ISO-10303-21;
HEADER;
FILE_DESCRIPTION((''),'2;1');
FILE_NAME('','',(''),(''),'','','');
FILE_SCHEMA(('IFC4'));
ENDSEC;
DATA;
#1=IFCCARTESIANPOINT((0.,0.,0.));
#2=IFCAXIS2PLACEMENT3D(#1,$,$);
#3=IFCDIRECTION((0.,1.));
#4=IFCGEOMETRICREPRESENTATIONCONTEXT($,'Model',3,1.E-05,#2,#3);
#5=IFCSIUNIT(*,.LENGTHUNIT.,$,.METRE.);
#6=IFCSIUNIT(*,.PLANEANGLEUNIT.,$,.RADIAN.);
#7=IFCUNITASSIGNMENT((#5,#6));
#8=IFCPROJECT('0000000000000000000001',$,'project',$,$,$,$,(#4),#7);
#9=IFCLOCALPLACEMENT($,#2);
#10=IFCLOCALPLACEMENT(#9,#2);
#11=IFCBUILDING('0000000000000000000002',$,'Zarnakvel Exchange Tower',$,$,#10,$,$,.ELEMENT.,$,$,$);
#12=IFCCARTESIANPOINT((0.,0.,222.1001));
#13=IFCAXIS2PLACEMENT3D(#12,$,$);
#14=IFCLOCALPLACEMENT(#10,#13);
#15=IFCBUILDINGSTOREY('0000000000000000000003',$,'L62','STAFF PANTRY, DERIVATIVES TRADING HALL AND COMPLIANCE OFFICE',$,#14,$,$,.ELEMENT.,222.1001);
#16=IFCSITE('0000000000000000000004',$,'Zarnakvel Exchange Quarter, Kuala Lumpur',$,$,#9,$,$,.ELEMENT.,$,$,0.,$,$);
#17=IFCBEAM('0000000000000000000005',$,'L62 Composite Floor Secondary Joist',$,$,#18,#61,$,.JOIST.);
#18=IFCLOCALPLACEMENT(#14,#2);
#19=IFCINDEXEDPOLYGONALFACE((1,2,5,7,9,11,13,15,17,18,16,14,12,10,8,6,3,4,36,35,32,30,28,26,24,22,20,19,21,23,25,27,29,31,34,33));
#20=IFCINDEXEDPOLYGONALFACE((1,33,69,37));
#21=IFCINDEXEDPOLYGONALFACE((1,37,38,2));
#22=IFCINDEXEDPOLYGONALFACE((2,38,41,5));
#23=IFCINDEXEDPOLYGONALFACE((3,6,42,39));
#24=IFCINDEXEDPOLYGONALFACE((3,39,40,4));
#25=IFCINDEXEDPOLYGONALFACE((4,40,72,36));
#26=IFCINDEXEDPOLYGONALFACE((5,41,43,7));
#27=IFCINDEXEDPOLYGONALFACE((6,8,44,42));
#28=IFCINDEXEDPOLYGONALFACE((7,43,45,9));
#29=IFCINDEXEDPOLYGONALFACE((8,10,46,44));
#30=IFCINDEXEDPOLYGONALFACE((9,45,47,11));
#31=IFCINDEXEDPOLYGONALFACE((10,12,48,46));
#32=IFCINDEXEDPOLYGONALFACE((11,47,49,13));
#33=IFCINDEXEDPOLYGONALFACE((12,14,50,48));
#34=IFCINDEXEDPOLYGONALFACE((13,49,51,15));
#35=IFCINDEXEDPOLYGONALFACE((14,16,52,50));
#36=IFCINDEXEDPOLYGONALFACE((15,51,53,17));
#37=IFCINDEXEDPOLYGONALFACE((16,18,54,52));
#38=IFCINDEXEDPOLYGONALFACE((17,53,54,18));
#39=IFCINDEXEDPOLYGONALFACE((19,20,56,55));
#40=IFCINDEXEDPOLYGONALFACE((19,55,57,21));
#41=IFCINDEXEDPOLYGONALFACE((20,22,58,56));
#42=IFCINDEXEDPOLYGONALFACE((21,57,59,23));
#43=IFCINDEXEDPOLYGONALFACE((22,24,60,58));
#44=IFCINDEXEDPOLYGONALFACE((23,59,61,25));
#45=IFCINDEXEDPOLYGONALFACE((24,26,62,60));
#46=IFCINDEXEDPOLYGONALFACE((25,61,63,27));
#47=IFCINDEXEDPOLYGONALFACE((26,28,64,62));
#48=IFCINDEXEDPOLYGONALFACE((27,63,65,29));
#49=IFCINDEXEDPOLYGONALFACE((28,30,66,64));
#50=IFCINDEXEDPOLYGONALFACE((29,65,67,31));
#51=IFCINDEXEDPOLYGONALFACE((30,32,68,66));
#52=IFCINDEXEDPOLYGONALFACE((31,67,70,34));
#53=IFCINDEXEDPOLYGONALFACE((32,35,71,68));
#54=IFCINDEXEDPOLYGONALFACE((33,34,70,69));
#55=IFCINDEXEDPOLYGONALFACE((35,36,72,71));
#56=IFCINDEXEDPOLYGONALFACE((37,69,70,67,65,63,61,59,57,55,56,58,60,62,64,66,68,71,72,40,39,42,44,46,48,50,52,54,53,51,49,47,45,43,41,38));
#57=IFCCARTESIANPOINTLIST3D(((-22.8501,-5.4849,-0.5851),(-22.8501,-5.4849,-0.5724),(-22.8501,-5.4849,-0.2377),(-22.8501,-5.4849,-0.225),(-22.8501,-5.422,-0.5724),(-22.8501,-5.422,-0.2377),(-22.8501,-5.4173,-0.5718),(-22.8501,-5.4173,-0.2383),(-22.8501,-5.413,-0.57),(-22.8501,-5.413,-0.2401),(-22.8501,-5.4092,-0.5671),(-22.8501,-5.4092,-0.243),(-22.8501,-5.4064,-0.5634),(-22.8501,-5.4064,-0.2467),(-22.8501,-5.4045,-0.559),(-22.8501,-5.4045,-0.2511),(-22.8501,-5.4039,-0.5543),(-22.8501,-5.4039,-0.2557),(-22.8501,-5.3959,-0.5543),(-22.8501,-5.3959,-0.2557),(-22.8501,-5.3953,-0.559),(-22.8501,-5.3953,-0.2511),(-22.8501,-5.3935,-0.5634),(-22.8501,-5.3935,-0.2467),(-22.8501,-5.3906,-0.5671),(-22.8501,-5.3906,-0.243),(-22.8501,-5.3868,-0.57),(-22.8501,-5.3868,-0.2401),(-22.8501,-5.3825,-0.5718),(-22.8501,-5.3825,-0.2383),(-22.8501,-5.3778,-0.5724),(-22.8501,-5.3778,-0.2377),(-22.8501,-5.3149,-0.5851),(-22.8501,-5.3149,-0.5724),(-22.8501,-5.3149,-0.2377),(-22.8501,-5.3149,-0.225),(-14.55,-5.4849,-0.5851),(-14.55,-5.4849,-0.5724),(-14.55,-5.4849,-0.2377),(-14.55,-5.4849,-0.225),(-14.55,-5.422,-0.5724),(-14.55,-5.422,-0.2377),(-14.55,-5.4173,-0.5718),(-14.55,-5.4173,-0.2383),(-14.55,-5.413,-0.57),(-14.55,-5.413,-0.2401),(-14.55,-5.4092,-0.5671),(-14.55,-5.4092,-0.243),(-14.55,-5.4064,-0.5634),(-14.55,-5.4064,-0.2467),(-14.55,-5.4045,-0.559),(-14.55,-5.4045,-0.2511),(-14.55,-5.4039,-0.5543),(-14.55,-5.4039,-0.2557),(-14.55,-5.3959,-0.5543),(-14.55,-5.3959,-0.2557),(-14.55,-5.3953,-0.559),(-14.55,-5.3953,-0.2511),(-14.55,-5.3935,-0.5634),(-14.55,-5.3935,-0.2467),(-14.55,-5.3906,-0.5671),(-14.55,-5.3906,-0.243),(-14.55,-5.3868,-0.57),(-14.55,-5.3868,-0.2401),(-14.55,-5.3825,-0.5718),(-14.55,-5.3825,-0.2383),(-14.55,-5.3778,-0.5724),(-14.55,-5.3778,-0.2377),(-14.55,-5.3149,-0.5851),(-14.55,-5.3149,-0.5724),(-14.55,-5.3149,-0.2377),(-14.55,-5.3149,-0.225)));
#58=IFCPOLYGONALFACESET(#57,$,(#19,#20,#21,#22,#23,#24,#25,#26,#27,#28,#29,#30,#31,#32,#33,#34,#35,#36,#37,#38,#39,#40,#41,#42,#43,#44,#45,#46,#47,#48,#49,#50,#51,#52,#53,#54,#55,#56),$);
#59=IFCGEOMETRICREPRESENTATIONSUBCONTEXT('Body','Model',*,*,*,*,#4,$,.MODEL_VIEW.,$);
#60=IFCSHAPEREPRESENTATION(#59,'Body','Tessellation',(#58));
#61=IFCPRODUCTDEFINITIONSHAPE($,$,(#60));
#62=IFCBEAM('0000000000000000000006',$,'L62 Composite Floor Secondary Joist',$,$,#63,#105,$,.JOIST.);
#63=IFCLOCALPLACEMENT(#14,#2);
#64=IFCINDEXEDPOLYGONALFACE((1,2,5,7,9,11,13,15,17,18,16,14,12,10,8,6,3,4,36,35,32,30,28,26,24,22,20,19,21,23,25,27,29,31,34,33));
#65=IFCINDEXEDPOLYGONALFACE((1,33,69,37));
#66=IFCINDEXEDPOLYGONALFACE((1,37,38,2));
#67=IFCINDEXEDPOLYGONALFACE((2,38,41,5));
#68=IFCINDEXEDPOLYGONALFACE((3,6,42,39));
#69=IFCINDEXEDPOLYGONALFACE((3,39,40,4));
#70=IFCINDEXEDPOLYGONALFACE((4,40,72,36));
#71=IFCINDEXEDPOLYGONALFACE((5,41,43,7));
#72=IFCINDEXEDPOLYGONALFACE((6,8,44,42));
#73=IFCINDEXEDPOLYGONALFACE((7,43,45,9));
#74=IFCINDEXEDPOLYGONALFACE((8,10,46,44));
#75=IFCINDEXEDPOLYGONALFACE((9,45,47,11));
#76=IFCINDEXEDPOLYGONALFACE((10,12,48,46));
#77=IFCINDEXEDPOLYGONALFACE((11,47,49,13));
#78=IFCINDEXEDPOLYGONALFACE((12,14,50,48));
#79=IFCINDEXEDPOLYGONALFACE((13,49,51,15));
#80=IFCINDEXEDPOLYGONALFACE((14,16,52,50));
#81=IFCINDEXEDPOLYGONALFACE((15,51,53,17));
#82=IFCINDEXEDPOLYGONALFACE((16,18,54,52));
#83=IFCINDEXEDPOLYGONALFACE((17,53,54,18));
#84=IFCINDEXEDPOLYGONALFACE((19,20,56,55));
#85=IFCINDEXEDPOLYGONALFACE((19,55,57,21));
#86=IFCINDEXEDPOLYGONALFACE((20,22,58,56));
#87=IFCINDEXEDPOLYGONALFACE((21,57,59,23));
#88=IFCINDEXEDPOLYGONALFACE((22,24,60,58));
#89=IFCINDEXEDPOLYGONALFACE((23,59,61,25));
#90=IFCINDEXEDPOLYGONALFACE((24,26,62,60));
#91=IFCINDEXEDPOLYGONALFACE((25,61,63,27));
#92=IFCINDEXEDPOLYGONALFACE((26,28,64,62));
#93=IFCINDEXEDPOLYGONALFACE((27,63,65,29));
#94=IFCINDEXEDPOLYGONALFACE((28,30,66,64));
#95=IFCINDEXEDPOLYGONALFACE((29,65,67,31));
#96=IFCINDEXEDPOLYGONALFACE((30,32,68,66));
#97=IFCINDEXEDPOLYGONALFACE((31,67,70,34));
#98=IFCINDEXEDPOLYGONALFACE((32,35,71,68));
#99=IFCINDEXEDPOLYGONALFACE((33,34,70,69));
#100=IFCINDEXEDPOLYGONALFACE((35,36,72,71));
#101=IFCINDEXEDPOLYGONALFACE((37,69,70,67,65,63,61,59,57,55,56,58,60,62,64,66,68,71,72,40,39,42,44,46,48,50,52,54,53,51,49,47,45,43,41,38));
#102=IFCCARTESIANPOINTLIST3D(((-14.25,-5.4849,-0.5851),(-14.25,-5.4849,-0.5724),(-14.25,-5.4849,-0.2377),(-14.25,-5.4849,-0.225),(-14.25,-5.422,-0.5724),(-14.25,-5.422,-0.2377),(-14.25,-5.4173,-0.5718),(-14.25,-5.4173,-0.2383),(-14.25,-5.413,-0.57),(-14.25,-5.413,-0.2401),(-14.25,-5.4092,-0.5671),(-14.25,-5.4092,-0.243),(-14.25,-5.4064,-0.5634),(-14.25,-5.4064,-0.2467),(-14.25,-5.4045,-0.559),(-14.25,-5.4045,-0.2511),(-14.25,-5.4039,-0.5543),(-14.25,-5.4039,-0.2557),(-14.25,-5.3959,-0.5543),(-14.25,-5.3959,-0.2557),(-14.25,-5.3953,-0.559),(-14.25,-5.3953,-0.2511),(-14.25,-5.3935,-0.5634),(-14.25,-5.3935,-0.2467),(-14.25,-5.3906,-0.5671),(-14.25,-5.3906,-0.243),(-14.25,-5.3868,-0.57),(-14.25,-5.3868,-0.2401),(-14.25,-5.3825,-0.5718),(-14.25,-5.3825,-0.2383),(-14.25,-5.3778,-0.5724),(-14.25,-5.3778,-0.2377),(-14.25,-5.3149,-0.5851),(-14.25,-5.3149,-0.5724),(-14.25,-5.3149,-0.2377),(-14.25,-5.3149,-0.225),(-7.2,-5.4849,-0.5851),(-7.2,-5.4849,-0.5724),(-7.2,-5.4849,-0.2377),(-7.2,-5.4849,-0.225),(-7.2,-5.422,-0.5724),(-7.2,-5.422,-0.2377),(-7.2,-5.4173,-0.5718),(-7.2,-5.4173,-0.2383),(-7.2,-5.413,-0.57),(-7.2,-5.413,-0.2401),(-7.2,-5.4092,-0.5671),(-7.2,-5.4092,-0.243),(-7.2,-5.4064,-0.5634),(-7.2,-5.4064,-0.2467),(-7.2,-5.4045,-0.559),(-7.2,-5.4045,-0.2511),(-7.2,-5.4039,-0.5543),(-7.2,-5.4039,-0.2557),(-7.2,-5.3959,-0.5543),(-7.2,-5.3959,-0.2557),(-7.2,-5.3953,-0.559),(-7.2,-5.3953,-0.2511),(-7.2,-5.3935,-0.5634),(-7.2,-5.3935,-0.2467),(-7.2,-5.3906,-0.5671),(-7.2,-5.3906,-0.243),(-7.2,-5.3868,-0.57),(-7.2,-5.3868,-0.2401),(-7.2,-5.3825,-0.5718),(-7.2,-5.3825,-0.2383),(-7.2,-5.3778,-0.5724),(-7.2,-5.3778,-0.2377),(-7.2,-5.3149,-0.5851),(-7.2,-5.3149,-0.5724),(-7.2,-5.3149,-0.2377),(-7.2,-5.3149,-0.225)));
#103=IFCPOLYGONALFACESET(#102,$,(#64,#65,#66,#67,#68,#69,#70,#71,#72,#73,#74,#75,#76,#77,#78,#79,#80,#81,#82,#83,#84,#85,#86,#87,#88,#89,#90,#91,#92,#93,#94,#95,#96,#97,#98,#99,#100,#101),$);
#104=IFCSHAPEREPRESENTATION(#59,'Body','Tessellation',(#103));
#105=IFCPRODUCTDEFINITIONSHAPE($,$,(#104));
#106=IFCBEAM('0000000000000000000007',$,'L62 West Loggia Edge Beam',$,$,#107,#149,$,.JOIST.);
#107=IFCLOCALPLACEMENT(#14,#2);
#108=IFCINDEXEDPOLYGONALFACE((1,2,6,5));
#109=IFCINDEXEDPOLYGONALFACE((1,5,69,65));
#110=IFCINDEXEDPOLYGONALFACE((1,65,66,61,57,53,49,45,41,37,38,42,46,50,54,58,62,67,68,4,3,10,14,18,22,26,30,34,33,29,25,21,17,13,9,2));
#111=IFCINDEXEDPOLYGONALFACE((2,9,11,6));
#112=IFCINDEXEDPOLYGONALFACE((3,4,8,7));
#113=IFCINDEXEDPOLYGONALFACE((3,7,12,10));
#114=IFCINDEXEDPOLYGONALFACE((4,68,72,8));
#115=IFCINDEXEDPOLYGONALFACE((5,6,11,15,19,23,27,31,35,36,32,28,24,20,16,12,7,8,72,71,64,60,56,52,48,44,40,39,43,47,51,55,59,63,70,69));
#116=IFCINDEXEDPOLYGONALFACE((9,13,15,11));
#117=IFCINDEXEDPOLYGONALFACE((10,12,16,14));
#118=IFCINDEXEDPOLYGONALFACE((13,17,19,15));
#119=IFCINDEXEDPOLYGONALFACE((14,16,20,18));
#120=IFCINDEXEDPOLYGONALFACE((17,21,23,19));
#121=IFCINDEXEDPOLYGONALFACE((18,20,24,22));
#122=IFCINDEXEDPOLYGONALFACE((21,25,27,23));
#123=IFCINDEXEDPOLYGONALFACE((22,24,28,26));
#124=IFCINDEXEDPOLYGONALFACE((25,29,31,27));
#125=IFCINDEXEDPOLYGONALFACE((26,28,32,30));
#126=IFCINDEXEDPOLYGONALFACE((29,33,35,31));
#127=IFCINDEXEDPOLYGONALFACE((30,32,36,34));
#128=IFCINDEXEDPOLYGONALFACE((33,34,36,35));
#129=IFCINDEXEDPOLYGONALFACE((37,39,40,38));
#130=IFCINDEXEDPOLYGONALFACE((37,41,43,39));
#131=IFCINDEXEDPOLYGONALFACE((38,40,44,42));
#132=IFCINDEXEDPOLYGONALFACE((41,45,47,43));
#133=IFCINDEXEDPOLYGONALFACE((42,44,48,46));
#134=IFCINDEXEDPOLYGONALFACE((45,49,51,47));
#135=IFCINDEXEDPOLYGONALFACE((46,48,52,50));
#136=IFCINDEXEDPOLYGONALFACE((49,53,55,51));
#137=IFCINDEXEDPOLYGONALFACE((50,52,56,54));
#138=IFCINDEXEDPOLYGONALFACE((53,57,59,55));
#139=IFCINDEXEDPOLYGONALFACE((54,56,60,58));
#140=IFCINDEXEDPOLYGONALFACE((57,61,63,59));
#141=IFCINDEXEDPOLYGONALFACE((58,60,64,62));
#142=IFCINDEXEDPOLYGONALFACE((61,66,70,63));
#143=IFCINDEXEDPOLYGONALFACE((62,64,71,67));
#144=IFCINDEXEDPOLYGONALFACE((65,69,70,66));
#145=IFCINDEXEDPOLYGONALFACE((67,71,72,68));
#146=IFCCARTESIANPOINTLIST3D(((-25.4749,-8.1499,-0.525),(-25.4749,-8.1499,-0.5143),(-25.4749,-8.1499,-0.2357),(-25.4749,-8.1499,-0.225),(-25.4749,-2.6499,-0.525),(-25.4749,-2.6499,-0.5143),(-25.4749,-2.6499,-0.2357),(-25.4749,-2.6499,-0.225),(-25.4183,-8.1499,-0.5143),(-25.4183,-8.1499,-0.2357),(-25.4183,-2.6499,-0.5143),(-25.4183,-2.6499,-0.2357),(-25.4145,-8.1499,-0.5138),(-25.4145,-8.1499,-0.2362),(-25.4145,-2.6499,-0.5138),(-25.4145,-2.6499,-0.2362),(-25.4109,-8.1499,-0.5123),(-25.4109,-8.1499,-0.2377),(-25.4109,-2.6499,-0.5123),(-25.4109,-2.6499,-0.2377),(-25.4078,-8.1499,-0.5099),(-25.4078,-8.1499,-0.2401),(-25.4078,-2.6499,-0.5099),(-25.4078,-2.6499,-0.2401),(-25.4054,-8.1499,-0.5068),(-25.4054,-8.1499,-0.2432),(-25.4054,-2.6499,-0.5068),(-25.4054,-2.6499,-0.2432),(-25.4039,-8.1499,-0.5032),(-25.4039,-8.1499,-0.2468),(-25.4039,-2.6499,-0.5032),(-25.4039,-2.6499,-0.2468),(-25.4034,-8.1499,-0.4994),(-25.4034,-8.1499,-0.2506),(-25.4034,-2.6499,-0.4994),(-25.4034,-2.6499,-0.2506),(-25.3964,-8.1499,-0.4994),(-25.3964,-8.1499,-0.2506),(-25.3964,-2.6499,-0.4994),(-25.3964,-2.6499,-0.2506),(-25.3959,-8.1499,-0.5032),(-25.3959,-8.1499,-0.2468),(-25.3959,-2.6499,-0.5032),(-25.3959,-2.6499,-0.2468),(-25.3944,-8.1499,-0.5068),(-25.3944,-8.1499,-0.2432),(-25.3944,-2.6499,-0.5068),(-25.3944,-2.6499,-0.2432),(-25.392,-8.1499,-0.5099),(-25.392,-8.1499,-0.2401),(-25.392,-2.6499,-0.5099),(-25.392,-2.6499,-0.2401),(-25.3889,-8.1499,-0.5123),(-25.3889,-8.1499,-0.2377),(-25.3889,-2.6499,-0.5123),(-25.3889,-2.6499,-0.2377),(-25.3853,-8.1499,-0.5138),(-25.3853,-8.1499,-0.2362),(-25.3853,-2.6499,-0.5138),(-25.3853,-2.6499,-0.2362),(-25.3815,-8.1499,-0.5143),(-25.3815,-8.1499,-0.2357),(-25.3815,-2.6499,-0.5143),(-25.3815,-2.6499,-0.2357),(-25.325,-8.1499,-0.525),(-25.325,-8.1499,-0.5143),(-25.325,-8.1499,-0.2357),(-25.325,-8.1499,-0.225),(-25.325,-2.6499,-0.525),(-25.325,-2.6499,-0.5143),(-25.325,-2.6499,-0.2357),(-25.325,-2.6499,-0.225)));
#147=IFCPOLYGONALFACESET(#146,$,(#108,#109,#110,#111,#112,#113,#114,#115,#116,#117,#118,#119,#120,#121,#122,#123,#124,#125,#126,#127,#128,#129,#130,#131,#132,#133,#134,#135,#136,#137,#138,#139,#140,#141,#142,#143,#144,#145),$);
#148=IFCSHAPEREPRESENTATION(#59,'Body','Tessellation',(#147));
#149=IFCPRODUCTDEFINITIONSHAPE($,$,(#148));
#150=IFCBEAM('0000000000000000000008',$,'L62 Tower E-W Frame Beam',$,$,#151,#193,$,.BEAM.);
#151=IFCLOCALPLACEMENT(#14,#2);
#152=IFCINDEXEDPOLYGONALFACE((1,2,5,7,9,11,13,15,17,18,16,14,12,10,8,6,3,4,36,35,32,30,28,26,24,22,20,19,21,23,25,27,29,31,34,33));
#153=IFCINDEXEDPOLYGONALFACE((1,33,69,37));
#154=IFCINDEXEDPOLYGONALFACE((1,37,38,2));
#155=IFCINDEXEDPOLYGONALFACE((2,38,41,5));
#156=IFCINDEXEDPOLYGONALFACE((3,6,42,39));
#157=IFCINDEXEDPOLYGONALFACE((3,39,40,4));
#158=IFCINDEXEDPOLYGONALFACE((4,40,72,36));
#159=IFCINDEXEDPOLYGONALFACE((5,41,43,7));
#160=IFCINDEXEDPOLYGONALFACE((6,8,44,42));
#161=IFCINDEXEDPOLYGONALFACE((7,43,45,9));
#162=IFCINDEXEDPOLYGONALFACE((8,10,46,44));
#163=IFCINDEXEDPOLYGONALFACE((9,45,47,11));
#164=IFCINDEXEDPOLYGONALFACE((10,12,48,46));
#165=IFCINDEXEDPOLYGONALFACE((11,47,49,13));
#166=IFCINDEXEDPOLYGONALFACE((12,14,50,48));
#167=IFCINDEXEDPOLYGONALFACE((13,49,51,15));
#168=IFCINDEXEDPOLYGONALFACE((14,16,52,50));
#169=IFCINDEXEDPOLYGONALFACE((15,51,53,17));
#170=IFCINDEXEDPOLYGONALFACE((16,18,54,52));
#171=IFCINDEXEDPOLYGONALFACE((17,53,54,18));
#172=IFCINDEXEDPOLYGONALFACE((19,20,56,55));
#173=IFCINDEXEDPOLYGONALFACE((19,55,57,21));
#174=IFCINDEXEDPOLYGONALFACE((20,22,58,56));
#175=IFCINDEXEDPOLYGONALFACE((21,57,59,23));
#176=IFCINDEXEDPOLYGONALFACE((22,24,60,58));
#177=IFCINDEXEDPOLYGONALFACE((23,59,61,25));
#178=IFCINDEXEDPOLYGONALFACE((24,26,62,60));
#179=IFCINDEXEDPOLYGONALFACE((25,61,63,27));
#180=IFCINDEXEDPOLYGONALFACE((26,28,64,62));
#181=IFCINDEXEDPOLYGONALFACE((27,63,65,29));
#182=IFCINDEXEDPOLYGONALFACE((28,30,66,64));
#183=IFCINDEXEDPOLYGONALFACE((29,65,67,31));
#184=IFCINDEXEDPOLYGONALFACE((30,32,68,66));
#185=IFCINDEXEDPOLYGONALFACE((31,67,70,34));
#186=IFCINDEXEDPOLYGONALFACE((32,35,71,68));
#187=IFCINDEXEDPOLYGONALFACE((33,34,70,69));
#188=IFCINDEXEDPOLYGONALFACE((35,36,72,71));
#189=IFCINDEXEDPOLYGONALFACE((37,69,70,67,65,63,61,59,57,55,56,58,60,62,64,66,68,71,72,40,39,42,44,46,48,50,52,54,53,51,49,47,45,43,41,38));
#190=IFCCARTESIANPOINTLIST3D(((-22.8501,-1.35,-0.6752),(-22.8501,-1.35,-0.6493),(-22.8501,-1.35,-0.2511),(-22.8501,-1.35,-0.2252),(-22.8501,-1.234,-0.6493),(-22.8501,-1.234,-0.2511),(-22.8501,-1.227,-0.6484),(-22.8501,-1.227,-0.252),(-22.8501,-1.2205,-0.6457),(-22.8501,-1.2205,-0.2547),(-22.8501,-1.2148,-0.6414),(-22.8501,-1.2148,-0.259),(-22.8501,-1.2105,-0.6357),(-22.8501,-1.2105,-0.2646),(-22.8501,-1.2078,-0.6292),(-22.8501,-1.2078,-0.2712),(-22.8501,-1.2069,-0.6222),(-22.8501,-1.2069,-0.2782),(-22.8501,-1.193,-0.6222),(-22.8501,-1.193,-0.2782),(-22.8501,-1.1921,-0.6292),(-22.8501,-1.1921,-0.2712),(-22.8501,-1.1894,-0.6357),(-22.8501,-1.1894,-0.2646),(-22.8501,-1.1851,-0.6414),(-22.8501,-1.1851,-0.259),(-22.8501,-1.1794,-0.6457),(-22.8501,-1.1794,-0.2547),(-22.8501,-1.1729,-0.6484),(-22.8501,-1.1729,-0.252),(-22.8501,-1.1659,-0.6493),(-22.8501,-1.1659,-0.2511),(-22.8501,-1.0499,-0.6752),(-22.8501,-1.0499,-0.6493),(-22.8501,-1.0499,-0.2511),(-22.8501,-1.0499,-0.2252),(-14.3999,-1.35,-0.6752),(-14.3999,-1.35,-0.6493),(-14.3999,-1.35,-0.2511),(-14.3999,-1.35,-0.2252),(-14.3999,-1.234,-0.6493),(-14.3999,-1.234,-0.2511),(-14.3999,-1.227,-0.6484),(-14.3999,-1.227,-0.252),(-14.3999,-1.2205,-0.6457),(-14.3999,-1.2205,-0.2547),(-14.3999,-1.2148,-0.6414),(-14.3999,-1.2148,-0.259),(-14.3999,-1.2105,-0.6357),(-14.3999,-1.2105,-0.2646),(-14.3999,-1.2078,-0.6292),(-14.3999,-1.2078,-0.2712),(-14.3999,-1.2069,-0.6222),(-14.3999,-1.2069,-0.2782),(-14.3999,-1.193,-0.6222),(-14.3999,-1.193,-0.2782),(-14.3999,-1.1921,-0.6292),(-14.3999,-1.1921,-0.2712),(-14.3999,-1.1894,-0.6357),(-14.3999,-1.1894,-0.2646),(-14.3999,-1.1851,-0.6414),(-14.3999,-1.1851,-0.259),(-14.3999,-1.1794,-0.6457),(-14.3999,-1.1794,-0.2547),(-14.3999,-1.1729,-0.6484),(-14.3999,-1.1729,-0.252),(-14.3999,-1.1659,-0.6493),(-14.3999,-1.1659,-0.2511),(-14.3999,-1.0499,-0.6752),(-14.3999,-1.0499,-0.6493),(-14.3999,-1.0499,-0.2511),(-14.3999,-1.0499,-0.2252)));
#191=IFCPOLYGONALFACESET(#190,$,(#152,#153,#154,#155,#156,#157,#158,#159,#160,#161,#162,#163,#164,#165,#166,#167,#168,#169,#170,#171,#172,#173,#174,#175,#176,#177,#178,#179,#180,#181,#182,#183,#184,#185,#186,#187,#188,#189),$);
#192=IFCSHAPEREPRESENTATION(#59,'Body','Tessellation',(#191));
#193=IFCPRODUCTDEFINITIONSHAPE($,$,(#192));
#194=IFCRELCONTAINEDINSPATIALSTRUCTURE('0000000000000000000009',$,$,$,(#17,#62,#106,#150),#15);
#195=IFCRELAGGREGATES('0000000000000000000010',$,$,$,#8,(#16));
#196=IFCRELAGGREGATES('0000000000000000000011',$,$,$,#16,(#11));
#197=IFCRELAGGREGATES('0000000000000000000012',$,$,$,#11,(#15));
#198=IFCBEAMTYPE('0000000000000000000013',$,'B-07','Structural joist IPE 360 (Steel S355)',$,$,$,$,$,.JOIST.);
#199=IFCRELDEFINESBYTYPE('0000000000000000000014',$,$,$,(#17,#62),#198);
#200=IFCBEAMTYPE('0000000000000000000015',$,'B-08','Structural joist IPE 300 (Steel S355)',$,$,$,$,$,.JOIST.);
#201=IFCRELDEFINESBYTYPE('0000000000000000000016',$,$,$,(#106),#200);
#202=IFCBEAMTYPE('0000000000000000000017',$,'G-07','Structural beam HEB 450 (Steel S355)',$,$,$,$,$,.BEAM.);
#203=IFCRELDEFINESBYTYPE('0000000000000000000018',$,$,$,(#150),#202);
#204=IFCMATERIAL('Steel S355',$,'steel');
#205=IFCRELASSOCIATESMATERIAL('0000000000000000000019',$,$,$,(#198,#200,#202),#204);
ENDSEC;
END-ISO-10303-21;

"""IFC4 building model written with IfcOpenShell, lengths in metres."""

from ifc_helpers import new_model, si_unit, direction, frame, origin, origin_2d, place, context, subcontext, project, spatial, i_section, extrude, material, material_profile, profile_set, type_object, element, save


model = new_model("IFC4")

# Units and contexts
model_context = context("Model", 3, precision=1e-05, world=origin(), true_north=direction((0.0, 1.0)))
body_context = subcontext(model_context, "Body", "Model", "MODEL_VIEW")
ifc_project = project(units=[si_unit("LENGTHUNIT", "METRE"), si_unit("PLANEANGLEUNIT", "RADIAN")], contexts=[model_context])

# Site, building, storey
site_placement = place(None, origin())
site = spatial("IfcSite", under=ifc_project, at=site_placement, Name="Zarnakvel Exchange Quarter, Kuala Lumpur", CompositionType="ELEMENT", RefElevation=0.0)
building_placement = place(site_placement, origin())
building = spatial("IfcBuilding", under=site, at=building_placement, Name="Zarnakvel Exchange Tower", CompositionType="ELEMENT")
storey_placement = place(building_placement, frame((0.0, 0.0, 222.1001)))
storey = spatial("IfcBuildingStorey", under=building, at=storey_placement, Name="L62", Description="STAFF PANTRY, DERIVATIVES TRADING HALL AND COMPLIANCE OFFICE", CompositionType="ELEMENT", Elevation=222.1001)

# Shared definitions
ifc_material_1 = material(Name="Steel S355", Category="steel")

# Beams
ifc_material_profile_1 = material_profile(ifc_material_1, i_section(OverallWidth=0.1699, OverallDepth=0.3601, WebThickness=0.0081, FlangeThickness=0.0127, FilletRadius=0.0181, at=origin_2d()))
ifc_profile_set_1 = profile_set([ifc_material_profile_1], Name="Steel S355")
beam_type_1 = type_object("IfcBeamType", Name="B-07", Description="Structural joist IPE 360 (Steel S355)", PredefinedType="JOIST", material=ifc_profile_set_1)
beam_1_placement = place(storey_placement, frame((-22.8501, -5.3999, -0.405), z_axis=(1.0, 0.0, 0.0), x_axis=(0.0, 1.0, 0.0)))
element("IfcBeam", 1, at=beam_1_placement, inside=storey, type_object=beam_type_1, Name="L62 Composite Floor Secondary Joist", PredefinedType="JOIST", context=body_context, shape_type="SweptSolid", body=[
    extrude(i_section(OverallWidth=0.1699, OverallDepth=0.3601, WebThickness=0.0081, FlangeThickness=0.0127, FilletRadius=0.0181, at=origin_2d()), origin(), (0.0, 0.0, 1.0), 8.3),
])
beam_2_placement = place(storey_placement, frame((-14.25, -5.3999, -0.405), z_axis=(1.0, 0.0, 0.0), x_axis=(0.0, 1.0, 0.0)))
element("IfcBeam", 2, at=beam_2_placement, inside=storey, type_object=beam_type_1, Name="L62 Composite Floor Secondary Joist", PredefinedType="JOIST", context=body_context, shape_type="SweptSolid", body=[
    extrude(i_section(OverallWidth=0.1699, OverallDepth=0.3601, WebThickness=0.0081, FlangeThickness=0.0127, FilletRadius=0.0181, at=origin_2d()), origin(), (0.0, 0.0, 1.0), 7.05),
])
ifc_material_profile_2 = material_profile(ifc_material_1, i_section(OverallWidth=0.1499, OverallDepth=0.3, WebThickness=0.0071, FlangeThickness=0.0107, FilletRadius=0.0149, at=origin_2d()))
ifc_profile_set_2 = profile_set([ifc_material_profile_2], Name="Steel S355")
beam_type_2 = type_object("IfcBeamType", Name="B-08", Description="Structural joist IPE 300 (Steel S355)", PredefinedType="JOIST", material=ifc_profile_set_2)
beam_3_placement = place(storey_placement, frame((-25.3999, -8.1499, -0.375), z_axis=(0.0, 1.0, 0.0), x_axis=(-1.0, 0.0, 0.0)))
element("IfcBeam", 3, at=beam_3_placement, inside=storey, type_object=beam_type_2, Name="L62 West Loggia Edge Beam", PredefinedType="JOIST", context=body_context, shape_type="SweptSolid", body=[
    extrude(i_section(OverallWidth=0.1499, OverallDepth=0.3, WebThickness=0.0071, FlangeThickness=0.0107, FilletRadius=0.0149, at=origin_2d()), origin(), (0.0, 0.0, 1.0), 5.5),
])
ifc_material_profile_3 = material_profile(ifc_material_1, i_section(OverallWidth=0.3, OverallDepth=0.45, WebThickness=0.0139, FlangeThickness=0.0259, FilletRadius=0.0271, at=origin_2d()))
ifc_profile_set_3 = profile_set([ifc_material_profile_3], Name="Steel S355")
beam_type_3 = type_object("IfcBeamType", Name="G-07", Description="Structural beam HEB 450 (Steel S355)", PredefinedType="BEAM", material=ifc_profile_set_3)
beam_4_placement = place(storey_placement, frame((-22.8501, -1.2, -0.4502), z_axis=(1.0, 0.0, 0.0), x_axis=(0.0, 1.0, 0.0)))
element("IfcBeam", 4, at=beam_4_placement, inside=storey, type_object=beam_type_3, Name="L62 Tower E-W Frame Beam", PredefinedType="BEAM", context=body_context, shape_type="SweptSolid", body=[
    extrude(i_section(OverallWidth=0.3, OverallDepth=0.45, WebThickness=0.0139, FlangeThickness=0.0259, FilletRadius=0.0271, at=origin_2d()), origin(), (0.0, 0.0, 1.0), 8.4502),
])

save(model, "model.ifc")
